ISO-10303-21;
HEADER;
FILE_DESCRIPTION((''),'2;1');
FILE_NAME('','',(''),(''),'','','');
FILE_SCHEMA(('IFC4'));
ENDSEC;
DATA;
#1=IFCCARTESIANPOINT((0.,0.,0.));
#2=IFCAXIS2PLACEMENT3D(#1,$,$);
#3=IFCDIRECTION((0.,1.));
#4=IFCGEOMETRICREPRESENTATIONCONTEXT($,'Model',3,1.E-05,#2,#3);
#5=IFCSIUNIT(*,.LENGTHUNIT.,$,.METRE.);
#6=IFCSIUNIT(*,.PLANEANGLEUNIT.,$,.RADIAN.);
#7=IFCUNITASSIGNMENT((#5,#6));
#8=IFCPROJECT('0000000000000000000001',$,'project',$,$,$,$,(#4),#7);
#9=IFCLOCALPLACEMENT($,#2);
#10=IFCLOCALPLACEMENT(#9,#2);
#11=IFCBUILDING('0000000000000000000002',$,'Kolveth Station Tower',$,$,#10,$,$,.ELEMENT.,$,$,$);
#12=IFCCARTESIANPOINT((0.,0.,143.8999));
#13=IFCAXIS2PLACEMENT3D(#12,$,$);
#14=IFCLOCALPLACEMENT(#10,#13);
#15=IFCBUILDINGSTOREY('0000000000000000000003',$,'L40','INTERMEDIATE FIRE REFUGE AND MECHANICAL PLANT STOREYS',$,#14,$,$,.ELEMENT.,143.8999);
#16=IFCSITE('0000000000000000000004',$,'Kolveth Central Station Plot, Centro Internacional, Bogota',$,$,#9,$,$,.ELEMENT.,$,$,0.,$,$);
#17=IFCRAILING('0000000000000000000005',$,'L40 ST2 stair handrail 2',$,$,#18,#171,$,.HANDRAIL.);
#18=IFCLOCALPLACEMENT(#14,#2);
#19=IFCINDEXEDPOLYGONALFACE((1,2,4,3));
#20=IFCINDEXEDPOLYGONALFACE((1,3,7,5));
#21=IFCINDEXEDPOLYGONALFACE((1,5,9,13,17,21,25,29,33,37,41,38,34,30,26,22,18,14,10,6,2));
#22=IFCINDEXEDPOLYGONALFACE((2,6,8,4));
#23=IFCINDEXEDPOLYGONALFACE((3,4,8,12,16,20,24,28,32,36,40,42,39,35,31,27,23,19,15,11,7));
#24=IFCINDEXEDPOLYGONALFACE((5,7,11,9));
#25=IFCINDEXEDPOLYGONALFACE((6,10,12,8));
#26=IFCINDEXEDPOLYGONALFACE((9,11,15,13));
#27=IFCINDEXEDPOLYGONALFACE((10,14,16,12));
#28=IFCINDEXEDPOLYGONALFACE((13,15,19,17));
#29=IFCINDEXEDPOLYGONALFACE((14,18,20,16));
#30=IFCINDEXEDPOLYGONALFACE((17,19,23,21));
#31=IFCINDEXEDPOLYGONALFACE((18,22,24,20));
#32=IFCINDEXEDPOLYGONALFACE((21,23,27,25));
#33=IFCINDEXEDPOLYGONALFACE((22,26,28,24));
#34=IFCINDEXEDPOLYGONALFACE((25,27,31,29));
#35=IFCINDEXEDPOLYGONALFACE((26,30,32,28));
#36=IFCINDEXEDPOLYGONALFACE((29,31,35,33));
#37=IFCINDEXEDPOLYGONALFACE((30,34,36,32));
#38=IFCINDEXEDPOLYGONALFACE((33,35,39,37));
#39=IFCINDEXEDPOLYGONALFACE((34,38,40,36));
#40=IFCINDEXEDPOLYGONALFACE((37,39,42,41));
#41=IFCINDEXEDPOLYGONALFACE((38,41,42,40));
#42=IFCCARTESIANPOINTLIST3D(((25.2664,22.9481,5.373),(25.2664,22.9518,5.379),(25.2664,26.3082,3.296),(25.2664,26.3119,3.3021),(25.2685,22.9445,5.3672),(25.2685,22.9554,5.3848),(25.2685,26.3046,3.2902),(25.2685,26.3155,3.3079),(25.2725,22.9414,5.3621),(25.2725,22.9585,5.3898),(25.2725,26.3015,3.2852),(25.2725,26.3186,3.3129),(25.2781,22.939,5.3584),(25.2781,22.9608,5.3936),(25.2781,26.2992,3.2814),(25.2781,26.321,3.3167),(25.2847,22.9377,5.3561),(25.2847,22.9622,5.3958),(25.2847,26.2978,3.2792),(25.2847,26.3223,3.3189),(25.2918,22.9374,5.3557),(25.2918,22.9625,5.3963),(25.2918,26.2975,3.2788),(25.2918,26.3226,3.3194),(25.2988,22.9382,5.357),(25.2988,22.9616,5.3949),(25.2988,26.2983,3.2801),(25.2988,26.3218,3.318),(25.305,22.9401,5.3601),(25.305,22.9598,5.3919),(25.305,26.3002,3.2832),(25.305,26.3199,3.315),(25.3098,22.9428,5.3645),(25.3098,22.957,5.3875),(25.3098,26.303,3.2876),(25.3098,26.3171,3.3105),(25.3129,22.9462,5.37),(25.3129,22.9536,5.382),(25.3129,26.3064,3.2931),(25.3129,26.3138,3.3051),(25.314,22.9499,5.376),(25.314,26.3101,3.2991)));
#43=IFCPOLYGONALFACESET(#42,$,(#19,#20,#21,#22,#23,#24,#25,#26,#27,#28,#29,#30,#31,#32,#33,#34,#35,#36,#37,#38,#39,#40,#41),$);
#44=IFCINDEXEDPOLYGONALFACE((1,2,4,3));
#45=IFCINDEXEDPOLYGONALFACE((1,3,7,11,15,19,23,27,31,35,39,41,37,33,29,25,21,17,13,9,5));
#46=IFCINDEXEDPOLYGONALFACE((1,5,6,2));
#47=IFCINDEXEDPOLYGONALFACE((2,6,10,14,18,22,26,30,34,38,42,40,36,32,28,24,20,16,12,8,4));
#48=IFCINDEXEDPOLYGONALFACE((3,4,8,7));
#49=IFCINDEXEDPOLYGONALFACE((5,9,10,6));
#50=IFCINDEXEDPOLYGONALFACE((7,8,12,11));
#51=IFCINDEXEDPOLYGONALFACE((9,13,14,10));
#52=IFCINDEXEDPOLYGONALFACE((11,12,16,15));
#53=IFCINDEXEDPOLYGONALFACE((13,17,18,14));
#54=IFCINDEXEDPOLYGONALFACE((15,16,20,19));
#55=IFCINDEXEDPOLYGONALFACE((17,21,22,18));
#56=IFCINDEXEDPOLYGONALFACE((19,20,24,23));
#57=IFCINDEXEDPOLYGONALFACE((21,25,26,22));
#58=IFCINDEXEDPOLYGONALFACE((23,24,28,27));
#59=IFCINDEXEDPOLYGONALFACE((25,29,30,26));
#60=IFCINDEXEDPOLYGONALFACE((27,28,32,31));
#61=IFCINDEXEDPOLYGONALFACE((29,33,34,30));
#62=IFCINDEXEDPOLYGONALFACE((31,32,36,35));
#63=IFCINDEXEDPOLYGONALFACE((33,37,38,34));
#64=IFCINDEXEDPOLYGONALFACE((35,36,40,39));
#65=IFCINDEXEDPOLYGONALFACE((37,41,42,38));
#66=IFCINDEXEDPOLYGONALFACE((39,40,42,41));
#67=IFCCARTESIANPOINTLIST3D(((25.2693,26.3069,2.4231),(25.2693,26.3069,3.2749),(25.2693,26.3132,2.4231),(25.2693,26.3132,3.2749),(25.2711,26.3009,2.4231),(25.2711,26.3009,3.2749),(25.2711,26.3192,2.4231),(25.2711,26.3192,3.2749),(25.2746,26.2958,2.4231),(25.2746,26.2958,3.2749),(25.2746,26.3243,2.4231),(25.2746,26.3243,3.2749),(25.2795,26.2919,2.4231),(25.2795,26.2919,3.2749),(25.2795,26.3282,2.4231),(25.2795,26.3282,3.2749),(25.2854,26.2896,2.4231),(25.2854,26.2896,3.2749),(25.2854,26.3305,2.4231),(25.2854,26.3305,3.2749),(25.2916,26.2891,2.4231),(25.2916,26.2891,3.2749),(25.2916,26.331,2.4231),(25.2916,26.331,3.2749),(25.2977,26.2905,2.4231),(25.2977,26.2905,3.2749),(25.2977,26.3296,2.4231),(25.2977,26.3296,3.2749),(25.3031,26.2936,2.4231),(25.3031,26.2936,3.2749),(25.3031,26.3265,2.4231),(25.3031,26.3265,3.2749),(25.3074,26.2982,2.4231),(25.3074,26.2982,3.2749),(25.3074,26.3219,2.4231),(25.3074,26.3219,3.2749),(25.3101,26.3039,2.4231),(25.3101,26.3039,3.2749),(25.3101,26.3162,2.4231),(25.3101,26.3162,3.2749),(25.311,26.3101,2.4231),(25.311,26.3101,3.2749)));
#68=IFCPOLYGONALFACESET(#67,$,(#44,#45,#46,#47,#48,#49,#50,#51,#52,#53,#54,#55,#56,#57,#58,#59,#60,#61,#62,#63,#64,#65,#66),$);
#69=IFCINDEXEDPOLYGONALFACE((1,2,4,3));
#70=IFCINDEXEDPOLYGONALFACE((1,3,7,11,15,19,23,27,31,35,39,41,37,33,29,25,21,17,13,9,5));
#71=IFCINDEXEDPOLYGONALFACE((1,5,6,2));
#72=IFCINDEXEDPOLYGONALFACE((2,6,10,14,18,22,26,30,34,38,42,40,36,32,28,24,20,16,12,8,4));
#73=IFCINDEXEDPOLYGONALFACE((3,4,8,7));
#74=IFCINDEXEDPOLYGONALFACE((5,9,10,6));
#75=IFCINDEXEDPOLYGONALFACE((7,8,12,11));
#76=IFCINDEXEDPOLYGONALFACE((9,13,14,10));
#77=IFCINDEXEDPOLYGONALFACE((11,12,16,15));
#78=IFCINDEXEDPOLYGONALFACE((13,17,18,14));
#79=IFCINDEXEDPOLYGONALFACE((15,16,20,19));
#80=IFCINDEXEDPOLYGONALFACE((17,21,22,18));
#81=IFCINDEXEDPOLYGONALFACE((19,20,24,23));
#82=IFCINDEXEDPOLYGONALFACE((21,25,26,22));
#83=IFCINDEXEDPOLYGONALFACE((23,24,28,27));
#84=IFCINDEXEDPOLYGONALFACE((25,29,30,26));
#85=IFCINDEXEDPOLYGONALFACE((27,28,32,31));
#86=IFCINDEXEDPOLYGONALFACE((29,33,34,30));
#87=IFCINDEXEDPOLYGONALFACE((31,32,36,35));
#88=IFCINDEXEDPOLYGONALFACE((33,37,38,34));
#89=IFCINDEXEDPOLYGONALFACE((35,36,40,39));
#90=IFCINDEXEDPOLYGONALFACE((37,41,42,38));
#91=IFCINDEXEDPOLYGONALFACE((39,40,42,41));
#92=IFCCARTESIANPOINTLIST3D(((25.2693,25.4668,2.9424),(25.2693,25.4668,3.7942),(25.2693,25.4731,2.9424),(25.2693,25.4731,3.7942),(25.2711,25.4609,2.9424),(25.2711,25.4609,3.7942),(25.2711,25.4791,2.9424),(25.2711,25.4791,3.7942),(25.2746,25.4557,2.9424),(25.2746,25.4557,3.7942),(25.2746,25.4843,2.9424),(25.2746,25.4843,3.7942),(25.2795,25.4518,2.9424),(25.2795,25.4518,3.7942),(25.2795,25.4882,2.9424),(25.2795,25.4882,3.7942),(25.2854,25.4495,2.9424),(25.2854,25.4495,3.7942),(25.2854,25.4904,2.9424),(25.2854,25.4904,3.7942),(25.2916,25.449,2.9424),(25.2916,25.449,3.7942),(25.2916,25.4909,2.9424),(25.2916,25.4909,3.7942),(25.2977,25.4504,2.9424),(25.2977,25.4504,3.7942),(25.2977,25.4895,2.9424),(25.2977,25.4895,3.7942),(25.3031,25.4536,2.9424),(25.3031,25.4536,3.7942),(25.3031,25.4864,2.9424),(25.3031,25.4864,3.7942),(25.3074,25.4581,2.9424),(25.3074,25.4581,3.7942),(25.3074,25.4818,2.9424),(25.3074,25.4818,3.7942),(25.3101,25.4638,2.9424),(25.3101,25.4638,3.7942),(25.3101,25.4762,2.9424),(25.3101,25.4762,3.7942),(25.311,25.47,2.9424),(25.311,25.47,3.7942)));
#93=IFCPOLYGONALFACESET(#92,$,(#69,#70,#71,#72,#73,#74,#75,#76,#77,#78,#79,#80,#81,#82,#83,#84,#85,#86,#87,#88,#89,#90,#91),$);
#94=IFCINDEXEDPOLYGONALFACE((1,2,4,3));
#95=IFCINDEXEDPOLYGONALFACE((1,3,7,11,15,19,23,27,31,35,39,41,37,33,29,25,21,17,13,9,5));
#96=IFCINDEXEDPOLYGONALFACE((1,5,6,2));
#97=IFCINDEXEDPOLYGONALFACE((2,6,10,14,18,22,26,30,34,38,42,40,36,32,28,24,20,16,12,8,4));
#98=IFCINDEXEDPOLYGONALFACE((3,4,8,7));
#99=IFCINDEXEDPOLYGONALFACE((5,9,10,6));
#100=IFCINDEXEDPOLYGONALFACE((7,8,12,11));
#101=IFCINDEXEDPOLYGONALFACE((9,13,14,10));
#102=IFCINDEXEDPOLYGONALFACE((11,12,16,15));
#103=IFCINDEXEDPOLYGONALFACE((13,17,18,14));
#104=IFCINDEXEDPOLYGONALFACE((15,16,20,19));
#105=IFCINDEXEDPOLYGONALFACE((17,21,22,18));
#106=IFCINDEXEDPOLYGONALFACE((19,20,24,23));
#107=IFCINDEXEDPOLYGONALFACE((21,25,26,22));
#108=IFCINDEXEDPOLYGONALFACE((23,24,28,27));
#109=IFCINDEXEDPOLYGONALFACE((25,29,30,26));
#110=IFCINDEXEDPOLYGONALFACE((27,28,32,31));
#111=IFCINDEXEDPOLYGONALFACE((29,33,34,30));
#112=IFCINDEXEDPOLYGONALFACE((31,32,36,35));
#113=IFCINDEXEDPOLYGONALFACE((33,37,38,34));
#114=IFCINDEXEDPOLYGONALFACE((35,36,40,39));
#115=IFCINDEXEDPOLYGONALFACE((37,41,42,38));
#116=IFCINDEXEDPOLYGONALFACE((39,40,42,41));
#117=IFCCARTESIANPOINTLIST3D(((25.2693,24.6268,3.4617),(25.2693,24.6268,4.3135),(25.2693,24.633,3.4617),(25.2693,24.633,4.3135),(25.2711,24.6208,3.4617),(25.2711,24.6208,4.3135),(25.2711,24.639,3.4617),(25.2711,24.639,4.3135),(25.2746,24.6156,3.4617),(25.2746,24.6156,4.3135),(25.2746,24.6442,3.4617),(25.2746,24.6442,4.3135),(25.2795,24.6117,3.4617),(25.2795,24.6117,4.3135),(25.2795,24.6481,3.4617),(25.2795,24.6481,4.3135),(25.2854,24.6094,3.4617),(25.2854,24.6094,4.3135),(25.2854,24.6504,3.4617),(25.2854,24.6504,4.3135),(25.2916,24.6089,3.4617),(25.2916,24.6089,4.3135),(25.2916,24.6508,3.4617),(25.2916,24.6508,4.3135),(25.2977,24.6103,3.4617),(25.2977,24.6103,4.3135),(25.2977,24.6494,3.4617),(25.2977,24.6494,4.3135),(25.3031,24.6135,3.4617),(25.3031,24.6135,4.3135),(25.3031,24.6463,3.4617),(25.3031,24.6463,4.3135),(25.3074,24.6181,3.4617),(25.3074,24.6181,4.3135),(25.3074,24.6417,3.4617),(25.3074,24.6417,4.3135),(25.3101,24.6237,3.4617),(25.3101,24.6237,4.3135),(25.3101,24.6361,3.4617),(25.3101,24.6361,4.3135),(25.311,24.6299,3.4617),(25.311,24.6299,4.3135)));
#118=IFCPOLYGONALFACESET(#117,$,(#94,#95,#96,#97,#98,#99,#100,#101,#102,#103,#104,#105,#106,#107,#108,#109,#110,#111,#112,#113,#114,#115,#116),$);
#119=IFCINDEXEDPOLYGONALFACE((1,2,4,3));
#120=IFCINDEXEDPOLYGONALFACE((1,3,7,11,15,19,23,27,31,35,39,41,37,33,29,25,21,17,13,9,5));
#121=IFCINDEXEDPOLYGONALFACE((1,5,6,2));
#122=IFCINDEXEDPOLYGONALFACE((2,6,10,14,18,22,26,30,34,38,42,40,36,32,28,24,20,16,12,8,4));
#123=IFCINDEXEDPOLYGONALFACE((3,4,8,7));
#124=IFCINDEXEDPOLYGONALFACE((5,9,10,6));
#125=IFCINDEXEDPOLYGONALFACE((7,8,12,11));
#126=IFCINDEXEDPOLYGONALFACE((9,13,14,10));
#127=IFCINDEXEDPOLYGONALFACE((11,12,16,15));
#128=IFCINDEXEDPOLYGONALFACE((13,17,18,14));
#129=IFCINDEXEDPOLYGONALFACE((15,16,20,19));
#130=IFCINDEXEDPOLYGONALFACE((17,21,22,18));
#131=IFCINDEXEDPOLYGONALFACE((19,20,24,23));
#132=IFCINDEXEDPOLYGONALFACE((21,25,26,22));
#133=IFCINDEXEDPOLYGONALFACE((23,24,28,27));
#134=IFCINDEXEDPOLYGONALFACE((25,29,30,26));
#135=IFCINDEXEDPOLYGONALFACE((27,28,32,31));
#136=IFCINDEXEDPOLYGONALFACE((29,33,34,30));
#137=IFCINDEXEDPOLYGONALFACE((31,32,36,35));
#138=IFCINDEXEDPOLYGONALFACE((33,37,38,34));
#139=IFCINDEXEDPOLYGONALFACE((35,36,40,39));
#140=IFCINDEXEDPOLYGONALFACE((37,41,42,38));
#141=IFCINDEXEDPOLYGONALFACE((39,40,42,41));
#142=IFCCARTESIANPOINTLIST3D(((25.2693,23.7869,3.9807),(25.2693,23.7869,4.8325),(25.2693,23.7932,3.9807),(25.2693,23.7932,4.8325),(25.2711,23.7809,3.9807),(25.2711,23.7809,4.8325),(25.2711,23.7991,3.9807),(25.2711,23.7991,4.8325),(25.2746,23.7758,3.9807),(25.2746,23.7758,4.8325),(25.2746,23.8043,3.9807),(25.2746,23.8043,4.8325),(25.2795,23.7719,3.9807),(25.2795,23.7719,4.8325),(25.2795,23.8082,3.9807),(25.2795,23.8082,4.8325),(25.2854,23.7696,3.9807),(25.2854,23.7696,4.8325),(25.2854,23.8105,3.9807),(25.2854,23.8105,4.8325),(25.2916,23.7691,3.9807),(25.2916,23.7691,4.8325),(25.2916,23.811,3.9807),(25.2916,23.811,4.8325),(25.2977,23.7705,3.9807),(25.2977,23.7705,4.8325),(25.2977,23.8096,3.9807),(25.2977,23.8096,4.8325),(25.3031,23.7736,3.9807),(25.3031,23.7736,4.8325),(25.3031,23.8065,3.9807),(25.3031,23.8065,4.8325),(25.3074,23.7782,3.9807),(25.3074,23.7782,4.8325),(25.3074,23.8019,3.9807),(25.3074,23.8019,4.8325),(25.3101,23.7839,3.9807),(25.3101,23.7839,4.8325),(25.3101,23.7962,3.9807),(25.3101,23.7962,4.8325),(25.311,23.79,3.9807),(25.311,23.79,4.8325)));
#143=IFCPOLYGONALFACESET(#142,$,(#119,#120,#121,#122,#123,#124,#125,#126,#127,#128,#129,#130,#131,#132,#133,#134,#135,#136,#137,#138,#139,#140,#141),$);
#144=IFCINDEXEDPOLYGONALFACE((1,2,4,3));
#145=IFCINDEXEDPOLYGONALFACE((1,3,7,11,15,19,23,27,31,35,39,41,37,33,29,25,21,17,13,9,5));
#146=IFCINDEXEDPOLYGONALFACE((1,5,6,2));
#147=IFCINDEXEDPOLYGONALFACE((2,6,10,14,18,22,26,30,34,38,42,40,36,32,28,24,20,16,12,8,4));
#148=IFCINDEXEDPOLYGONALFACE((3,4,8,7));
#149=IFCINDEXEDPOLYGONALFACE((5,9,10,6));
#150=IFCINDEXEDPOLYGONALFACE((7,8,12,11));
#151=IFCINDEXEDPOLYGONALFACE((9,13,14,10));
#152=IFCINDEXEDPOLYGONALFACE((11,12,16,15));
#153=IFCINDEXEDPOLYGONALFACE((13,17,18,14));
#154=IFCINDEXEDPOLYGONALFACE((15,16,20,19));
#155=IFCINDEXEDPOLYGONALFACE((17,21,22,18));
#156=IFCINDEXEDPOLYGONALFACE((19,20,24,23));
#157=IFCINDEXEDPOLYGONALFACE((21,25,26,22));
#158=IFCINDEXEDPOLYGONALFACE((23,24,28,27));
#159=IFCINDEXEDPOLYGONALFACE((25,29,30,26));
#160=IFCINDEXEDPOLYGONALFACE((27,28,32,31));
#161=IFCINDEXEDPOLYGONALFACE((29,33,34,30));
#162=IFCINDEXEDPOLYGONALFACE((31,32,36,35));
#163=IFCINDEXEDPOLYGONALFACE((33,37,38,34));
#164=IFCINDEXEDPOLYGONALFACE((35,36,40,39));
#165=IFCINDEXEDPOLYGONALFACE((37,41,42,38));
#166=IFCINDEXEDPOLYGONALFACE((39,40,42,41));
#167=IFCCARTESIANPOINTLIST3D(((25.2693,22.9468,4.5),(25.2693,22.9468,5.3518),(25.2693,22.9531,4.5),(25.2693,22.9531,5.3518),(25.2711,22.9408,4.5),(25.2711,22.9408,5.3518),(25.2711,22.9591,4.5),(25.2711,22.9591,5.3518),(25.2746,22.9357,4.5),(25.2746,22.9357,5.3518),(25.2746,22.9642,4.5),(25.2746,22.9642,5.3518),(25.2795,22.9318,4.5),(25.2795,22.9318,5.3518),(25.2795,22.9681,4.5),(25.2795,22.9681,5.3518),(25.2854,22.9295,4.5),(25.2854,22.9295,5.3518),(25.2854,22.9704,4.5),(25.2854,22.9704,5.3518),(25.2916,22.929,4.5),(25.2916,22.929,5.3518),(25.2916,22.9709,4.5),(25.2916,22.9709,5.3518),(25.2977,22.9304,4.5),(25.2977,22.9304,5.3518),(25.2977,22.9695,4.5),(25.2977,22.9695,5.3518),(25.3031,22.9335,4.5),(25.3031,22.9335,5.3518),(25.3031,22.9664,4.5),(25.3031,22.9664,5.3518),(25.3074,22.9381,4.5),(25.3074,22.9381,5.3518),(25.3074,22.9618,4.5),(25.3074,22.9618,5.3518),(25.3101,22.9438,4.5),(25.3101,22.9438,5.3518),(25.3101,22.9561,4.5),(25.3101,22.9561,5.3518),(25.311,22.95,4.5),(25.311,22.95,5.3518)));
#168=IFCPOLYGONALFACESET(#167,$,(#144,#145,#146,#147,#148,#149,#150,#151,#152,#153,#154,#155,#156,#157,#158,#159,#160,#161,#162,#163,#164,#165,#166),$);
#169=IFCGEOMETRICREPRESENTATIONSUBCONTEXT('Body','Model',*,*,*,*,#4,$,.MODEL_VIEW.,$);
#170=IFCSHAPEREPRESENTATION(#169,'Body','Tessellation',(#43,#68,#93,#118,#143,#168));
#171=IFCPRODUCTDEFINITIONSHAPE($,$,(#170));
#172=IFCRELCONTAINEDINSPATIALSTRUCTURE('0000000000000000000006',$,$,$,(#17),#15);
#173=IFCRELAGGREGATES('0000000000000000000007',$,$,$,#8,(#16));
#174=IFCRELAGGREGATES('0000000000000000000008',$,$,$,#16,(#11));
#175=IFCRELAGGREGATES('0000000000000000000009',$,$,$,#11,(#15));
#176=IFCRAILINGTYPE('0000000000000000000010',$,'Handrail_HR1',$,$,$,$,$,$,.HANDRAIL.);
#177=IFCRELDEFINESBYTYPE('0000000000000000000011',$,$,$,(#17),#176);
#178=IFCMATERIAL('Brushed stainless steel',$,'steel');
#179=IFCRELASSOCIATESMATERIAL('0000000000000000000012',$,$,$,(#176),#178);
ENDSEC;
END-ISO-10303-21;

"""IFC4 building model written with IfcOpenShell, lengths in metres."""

from ifc_helpers import new_model, si_unit, direction, frame, origin, origin_2d, place, context, subcontext, project, spatial, circle, extrude, material, type_object, element, save


model = new_model("IFC4")

# Units and contexts
model_context = context("Model", 3, precision=1e-05, world=origin(), true_north=direction((0.0, 1.0)))
body_context = subcontext(model_context, "Body", "Model", "MODEL_VIEW")
ifc_project = project(units=[si_unit("LENGTHUNIT", "METRE"), si_unit("PLANEANGLEUNIT", "RADIAN")], contexts=[model_context])

# Site, building, storey
site_placement = place(None, origin())
site = spatial("IfcSite", under=ifc_project, at=site_placement, Name="Kolveth Central Station Plot, Centro Internacional, Bogota", CompositionType="ELEMENT", RefElevation=0.0)
building_placement = place(site_placement, origin())
building = spatial("IfcBuilding", under=site, at=building_placement, Name="Kolveth Station Tower", CompositionType="ELEMENT")
storey_placement = place(building_placement, frame((0.0, 0.0, 143.8999)))
storey = spatial("IfcBuildingStorey", under=building, at=storey_placement, Name="L40", Description="INTERMEDIATE FIRE REFUGE AND MECHANICAL PLANT STOREYS", CompositionType="ELEMENT", Elevation=143.8999)

# Railing
ifc_material_1 = material(Name="Brushed stainless steel", Category="steel")
railing_type_1 = type_object("IfcRailingType", Name="Handrail_HR1", PredefinedType="HANDRAIL", material=ifc_material_1)
railing_1_placement = place(storey_placement, frame((25.29, 26.3101, 2.4231)))
element("IfcRailing", 1, at=railing_1_placement, inside=storey, type_object=railing_type_1, Name="L40 ST2 stair handrail 2", PredefinedType="HANDRAIL", context=body_context, shape_type="SweptSolid", body=[
    extrude(circle(Radius=0.0239, at=origin_2d()), frame((0.0, 0.0, 0.876), z_axis=(0.0, -0.850623, 0.525776), x_axis=(1.0, 0.0, 0.0)), (0.0, 0.0, 1.0), 3.9502),
    extrude(circle(Radius=0.021, at=origin_2d()), origin(), (0.0, 0.0, 1.0), 0.8518),
    extrude(circle(Radius=0.021, at=origin_2d()), frame((0.0, -0.8401, 0.5193)), (0.0, 0.0, 1.0), 0.8518),
    extrude(circle(Radius=0.021, at=origin_2d()), frame((0.0, -1.6802, 1.0386)), (0.0, 0.0, 1.0), 0.8518),
    extrude(circle(Radius=0.021, at=origin_2d()), frame((0.0, -2.52, 1.5576)), (0.0, 0.0, 1.0), 0.8518),
    extrude(circle(Radius=0.021, at=origin_2d()), frame((0.0, -3.3601, 2.0769)), (0.0, 0.0, 1.0), 0.8518),
])

save(model, "model.ifc")
